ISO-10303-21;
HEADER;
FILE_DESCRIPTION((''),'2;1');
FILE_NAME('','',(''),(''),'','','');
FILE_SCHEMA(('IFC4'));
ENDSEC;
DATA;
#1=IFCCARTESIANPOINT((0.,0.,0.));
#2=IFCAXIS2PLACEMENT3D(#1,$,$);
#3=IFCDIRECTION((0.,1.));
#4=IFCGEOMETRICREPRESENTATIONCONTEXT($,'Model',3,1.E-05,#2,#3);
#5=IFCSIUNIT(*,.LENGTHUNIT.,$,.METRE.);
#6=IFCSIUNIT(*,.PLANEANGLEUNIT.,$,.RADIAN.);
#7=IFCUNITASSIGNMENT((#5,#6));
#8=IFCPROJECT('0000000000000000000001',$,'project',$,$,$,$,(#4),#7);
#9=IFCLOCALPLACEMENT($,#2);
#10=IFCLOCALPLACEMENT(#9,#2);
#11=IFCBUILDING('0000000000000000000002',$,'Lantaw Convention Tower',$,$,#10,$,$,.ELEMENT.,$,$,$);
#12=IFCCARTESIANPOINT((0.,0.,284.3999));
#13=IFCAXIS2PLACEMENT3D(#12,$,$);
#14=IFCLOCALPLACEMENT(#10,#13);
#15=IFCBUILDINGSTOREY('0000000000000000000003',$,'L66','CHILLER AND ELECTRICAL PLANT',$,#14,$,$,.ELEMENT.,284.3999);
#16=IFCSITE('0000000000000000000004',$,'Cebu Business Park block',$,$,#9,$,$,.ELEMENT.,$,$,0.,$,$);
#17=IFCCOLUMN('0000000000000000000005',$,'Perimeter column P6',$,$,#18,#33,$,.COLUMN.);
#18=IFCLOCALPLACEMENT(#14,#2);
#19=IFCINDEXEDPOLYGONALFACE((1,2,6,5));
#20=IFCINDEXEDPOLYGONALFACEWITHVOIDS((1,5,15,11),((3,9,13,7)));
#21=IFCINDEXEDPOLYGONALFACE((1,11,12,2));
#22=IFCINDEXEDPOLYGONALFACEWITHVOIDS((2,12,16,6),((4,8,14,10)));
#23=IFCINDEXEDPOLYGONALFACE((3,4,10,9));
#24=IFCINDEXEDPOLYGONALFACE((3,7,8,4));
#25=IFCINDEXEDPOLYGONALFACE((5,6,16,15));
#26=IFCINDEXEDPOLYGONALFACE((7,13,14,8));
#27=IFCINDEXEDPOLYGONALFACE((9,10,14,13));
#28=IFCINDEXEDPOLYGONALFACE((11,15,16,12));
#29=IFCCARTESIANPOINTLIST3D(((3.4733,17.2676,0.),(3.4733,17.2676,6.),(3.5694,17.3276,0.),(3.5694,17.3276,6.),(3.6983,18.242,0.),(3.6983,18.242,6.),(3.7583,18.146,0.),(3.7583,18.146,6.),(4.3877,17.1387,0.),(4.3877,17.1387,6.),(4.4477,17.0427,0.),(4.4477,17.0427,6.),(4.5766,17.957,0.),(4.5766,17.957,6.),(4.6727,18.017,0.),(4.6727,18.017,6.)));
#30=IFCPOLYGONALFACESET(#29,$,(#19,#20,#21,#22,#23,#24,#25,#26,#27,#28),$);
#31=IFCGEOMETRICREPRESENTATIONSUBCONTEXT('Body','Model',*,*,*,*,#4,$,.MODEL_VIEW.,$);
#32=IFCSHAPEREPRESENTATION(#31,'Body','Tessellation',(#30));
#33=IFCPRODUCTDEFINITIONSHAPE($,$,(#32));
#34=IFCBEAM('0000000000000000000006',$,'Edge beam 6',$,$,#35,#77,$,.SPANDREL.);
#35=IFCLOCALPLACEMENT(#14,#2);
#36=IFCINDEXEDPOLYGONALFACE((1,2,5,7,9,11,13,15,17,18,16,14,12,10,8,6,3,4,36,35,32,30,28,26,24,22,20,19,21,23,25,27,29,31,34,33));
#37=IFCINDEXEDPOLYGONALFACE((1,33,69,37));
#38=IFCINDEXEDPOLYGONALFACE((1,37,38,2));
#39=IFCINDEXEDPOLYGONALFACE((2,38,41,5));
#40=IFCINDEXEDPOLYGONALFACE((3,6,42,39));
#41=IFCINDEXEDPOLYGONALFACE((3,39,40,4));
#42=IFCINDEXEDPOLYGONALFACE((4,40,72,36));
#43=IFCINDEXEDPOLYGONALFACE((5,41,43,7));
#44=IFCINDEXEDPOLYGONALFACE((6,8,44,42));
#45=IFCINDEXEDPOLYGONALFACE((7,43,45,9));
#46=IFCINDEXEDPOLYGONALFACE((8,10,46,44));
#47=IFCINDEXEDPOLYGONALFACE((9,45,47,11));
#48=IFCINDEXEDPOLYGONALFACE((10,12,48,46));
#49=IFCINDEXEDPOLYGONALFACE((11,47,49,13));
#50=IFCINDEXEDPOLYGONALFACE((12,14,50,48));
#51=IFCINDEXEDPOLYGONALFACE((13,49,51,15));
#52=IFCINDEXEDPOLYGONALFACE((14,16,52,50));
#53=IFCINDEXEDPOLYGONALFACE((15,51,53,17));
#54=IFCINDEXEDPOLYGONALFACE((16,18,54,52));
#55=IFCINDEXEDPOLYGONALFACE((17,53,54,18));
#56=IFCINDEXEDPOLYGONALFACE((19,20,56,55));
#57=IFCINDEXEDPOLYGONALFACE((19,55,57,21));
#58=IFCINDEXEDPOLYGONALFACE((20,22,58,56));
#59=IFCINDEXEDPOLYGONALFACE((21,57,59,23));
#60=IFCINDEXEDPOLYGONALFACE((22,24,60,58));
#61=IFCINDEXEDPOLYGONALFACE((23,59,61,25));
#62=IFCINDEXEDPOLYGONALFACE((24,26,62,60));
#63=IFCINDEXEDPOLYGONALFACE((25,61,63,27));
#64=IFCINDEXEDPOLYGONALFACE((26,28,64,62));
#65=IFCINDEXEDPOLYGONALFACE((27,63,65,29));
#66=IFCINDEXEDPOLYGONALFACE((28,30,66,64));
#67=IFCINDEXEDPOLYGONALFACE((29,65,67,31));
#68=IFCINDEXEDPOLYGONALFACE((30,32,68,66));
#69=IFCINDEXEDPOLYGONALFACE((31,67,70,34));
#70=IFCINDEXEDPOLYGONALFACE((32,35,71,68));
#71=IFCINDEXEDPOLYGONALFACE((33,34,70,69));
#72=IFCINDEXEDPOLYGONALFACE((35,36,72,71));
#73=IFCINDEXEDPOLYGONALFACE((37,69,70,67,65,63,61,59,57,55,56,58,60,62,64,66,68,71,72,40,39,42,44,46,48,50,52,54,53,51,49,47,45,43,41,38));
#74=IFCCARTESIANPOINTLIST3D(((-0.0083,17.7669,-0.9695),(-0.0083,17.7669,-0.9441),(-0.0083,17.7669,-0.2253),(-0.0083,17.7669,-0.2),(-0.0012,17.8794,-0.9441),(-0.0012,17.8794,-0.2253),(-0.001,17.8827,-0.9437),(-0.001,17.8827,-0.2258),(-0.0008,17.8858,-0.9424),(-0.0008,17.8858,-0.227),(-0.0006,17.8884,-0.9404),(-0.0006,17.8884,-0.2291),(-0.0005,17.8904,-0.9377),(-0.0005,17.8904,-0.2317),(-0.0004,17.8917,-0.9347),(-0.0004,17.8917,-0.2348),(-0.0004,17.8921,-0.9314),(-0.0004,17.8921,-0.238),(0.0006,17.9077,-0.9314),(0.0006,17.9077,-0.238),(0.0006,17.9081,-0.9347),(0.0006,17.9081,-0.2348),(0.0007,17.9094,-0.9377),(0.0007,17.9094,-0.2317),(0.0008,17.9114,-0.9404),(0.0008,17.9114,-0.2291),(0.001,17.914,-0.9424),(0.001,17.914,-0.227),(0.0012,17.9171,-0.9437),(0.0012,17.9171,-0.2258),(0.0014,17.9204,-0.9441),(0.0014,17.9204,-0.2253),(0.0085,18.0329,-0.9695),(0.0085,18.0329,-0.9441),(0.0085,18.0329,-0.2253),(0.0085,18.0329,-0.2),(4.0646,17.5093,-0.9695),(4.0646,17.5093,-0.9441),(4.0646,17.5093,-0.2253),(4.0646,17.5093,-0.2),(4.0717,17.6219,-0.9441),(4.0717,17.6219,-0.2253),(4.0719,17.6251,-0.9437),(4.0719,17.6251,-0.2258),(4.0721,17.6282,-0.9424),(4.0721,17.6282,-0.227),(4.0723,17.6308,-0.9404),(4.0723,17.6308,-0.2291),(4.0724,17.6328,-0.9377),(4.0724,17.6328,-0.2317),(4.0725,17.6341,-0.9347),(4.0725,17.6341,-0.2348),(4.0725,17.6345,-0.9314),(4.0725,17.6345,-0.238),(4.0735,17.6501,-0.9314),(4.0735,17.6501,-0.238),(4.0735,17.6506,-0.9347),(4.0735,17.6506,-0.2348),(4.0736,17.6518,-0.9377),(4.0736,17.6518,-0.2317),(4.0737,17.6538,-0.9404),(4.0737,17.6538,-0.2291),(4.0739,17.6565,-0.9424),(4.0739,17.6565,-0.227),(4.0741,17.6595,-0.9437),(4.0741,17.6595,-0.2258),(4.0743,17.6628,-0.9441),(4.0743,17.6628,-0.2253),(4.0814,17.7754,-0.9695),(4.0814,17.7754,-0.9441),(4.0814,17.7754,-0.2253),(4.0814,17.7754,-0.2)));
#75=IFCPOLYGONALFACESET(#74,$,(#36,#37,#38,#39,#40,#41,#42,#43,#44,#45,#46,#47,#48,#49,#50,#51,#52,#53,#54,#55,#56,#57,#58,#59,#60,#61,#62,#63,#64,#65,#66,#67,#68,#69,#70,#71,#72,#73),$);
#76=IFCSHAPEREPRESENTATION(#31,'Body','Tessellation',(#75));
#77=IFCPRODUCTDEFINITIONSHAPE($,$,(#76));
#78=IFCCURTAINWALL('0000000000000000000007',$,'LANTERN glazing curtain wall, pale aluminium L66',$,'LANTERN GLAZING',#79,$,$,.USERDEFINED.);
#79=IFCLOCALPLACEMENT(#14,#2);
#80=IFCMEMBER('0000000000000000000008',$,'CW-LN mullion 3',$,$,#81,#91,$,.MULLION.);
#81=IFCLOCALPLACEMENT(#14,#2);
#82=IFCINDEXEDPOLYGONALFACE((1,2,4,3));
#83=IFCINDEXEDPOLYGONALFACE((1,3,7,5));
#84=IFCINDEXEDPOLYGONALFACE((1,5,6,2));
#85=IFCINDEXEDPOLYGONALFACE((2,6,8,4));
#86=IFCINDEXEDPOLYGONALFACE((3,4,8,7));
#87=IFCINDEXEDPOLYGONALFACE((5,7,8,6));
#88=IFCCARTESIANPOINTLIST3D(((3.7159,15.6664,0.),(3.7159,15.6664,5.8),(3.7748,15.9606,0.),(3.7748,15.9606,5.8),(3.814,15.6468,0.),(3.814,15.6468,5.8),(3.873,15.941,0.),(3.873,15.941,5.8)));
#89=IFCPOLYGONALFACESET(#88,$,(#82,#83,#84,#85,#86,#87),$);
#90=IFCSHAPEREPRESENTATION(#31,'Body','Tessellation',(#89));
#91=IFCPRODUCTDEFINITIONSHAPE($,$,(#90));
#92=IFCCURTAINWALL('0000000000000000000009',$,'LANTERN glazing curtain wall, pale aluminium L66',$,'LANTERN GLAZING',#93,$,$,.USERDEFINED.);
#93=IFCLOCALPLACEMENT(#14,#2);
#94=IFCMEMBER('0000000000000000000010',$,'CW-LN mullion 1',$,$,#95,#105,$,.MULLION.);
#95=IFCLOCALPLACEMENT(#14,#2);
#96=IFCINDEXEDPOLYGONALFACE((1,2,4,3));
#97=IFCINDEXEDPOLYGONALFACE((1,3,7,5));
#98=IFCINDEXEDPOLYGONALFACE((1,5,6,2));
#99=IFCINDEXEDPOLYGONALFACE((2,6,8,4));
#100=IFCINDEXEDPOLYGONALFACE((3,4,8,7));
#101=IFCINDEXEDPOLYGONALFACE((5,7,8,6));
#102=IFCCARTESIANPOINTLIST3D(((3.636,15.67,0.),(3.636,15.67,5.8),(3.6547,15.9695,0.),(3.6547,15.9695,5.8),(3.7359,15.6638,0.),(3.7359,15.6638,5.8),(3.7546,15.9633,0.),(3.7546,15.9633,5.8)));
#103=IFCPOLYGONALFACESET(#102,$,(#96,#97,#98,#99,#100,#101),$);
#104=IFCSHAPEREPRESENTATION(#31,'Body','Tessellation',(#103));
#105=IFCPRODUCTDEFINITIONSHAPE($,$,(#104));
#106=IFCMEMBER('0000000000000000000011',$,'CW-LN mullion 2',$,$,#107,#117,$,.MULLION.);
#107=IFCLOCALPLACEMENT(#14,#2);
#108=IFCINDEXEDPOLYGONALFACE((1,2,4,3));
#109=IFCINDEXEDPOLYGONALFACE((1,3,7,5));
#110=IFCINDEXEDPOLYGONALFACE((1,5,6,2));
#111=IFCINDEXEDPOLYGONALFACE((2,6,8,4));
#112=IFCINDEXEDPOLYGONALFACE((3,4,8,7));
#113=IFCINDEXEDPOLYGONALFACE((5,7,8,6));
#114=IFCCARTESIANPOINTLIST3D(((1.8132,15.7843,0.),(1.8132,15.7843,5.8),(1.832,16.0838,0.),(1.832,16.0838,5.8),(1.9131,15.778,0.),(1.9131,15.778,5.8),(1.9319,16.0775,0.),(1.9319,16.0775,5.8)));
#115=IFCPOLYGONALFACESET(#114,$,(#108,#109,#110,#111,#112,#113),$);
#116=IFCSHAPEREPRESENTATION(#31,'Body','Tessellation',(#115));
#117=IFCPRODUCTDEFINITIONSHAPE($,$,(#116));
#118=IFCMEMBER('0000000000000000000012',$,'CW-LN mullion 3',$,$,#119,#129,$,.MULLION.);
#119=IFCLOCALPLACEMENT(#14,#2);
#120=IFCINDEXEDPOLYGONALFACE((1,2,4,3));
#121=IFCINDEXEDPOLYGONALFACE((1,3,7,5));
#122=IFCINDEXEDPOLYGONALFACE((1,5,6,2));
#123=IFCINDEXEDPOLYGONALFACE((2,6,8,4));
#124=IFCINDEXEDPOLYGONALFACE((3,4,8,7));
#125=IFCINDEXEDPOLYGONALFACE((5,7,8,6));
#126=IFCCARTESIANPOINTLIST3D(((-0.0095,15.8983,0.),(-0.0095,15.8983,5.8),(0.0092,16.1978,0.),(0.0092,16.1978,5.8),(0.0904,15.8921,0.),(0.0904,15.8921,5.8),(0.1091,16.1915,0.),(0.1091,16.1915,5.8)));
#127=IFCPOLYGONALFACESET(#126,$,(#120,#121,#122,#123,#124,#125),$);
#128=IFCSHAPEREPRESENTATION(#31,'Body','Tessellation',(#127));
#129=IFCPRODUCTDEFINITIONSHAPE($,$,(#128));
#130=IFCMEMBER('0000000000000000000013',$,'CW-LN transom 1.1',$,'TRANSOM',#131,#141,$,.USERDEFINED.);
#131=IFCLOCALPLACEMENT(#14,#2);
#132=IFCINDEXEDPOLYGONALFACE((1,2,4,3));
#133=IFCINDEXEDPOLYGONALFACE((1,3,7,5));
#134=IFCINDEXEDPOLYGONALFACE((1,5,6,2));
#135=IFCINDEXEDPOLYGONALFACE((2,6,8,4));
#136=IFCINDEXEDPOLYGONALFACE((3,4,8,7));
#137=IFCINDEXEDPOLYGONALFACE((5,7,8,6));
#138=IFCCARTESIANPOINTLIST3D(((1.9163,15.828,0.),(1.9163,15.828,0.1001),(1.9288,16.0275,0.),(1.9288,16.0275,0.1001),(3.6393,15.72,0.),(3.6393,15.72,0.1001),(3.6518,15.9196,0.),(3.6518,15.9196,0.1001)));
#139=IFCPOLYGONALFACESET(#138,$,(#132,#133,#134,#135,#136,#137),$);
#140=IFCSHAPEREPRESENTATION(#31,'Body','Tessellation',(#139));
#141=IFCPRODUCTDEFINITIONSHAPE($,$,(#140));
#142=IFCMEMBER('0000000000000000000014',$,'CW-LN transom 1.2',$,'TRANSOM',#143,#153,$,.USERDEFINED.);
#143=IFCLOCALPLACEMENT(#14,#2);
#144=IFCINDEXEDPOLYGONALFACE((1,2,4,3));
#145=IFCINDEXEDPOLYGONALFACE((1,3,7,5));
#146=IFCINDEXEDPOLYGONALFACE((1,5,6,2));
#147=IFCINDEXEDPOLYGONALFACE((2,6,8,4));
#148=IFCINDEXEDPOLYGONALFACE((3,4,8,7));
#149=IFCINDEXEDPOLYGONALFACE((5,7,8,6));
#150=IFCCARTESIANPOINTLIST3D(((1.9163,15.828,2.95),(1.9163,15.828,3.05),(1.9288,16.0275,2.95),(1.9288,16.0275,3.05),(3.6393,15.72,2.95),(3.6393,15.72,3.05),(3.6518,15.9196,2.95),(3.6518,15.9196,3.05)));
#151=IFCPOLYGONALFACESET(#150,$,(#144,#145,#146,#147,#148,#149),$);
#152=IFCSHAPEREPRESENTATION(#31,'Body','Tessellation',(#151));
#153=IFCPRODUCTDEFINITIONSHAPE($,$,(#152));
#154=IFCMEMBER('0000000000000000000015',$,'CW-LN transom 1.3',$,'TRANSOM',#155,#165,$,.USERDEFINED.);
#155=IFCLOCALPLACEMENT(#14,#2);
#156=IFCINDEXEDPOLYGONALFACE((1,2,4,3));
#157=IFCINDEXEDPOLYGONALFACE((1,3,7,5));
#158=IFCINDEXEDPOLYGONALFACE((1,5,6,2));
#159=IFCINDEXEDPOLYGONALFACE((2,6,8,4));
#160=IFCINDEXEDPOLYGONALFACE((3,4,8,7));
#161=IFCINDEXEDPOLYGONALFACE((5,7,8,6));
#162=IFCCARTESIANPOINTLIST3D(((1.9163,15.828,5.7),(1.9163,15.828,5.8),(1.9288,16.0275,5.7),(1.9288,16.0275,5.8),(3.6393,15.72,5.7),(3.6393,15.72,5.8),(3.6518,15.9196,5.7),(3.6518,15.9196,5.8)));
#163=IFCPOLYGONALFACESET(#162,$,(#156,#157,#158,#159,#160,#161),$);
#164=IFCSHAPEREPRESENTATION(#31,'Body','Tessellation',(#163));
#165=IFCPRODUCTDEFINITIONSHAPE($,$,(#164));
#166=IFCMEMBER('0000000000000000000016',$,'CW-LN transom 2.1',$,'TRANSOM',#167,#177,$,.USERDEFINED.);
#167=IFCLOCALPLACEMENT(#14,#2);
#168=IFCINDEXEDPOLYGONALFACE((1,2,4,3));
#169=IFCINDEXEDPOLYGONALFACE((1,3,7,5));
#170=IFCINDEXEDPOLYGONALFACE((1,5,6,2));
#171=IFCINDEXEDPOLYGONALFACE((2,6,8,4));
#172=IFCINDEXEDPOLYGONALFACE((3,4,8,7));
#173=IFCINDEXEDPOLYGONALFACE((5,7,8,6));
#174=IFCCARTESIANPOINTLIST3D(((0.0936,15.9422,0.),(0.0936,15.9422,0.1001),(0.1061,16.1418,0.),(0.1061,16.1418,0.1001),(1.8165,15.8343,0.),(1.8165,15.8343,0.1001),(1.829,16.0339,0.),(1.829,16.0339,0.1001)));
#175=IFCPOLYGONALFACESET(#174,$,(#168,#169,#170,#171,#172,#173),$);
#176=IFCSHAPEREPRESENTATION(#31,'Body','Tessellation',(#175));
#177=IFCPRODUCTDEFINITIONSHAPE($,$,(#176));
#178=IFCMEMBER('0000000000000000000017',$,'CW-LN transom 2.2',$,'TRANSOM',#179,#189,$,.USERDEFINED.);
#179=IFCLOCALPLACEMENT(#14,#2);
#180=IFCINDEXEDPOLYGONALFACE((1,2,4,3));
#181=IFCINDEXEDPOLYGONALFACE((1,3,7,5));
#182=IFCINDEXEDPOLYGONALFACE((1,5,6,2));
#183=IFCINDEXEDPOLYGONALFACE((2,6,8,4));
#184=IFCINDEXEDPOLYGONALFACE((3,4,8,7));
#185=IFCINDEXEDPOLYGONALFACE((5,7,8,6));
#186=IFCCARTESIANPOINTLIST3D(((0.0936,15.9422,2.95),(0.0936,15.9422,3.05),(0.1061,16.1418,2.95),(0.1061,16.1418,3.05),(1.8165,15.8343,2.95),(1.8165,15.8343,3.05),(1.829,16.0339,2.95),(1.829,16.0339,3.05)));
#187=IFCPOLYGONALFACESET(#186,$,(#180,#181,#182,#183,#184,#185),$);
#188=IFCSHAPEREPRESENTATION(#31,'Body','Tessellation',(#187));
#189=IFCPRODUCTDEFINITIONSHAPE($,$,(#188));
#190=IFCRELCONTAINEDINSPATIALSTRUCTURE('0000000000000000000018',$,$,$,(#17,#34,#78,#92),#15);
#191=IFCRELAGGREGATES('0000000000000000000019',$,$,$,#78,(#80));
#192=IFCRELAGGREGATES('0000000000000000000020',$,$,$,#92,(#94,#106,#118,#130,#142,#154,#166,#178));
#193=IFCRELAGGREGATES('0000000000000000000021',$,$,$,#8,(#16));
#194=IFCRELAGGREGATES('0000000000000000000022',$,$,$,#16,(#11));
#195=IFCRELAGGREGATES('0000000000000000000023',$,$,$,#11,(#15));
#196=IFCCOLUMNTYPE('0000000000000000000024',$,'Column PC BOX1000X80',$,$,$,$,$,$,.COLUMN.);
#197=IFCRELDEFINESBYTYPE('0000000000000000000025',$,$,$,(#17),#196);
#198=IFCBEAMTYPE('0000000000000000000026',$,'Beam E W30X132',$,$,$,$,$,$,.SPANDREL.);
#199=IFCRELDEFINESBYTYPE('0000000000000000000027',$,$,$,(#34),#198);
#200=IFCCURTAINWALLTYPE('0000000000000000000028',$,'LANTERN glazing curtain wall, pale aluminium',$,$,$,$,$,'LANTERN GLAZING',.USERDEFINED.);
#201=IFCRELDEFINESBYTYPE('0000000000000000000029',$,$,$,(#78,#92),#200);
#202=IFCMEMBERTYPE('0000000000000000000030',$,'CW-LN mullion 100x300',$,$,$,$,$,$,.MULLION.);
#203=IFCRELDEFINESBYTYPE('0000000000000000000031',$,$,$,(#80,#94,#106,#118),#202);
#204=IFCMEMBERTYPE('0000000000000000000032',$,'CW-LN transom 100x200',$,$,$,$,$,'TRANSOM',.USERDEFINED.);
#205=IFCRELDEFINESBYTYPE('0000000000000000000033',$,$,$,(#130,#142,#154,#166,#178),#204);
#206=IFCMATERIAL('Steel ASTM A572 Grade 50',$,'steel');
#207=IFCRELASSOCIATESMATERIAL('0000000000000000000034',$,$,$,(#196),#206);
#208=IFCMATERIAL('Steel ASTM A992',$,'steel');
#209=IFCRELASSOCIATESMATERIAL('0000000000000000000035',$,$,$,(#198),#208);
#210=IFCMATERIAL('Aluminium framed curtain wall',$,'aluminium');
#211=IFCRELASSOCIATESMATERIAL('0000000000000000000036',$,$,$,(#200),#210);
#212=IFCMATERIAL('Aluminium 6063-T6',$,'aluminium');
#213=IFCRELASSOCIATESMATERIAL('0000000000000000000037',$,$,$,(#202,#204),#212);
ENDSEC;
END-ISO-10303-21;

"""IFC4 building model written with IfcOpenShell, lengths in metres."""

from ifc_helpers import new_model, si_unit, direction, frame, origin, origin_2d, place, context, subcontext, project, spatial, rectangle, hollow_rectangle, i_section, extrude, material, material_profile, profile_set, type_object, element, aggregate, save


model = new_model("IFC4")

# Units and contexts
model_context = context("Model", 3, precision=1e-05, world=origin(), true_north=direction((0.0, 1.0)))
body_context = subcontext(model_context, "Body", "Model", "MODEL_VIEW")
ifc_project = project(units=[si_unit("LENGTHUNIT", "METRE"), si_unit("PLANEANGLEUNIT", "RADIAN")], contexts=[model_context])

# Site, building, storey
site_placement = place(None, origin())
site = spatial("IfcSite", under=ifc_project, at=site_placement, Name="Cebu Business Park block", CompositionType="ELEMENT", RefElevation=0.0)
building_placement = place(site_placement, origin())
building = spatial("IfcBuilding", under=site, at=building_placement, Name="Lantaw Convention Tower", CompositionType="ELEMENT")
storey_placement = place(building_placement, frame((0.0, 0.0, 284.3999)))
storey = spatial("IfcBuildingStorey", under=building, at=storey_placement, Name="L66", Description="CHILLER AND ELECTRICAL PLANT", CompositionType="ELEMENT", Elevation=284.3999)

# Column
ifc_material_1 = material(Name="Steel ASTM A572 Grade 50", Category="steel")
ifc_material_profile_1 = material_profile(ifc_material_1, hollow_rectangle(XDim=1.0, YDim=1.0, WallThickness=0.0801, at=origin_2d()), Name="BOX1000X80")
ifc_material_2 = material(Name="Concrete C60/75", Category="concrete")
ifc_material_profile_2 = material_profile(ifc_material_2, rectangle(XDim=0.8401, YDim=0.8401, at=origin_2d()), Name="Concrete fill of BOX1000X80")
ifc_profile_set_1 = profile_set([ifc_material_profile_1, ifc_material_profile_2], Name="Steel ASTM A572 Grade 50")
column_type = type_object("IfcColumnType", Name="Column PC BOX1000X80", PredefinedType="COLUMN", material=ifc_profile_set_1)
column_placement = place(storey_placement, frame((4.073, 17.6423, 0.0), z_axis=(0.0, 0.0, 1.0), x_axis=(0.224951, 0.97437, 0.0)))
element("IfcColumn", 1, at=column_placement, inside=storey, type_object=column_type, Name="Perimeter column P6", PredefinedType="COLUMN", context=body_context, shape_type="SweptSolid", body=[
    extrude(hollow_rectangle(XDim=1.0, YDim=1.0, WallThickness=0.0801, at=origin_2d()), origin(), (0.0, 0.0, 1.0), 6.0),
])

# Beam
ifc_material_3 = material(Name="Steel ASTM A992", Category="steel")
ifc_material_profile_3 = material_profile(ifc_material_3, i_section(OverallWidth=0.2666, OverallDepth=0.7695, WebThickness=0.0156, FlangeThickness=0.0254, FilletRadius=0.0127, at=origin_2d()), Name="W30X132")
ifc_profile_set_2 = profile_set([ifc_material_profile_3], Name="Steel ASTM A992")
beam_type = type_object("IfcBeamType", Name="Beam E W30X132", PredefinedType="SPANDREL", material=ifc_profile_set_2)
beam_placement = place(storey_placement, frame((4.073, 17.6423, -0.5847), z_axis=(-0.998006, 0.063112, 0.0), x_axis=(-0.063112, -0.998006, 0.0)))
element("IfcBeam", 2, at=beam_placement, inside=storey, type_object=beam_type, Name="Edge beam 6", PredefinedType="SPANDREL", context=body_context, shape_type="SweptSolid", body=[
    extrude(i_section(OverallWidth=0.2666, OverallDepth=0.7695, WebThickness=0.0156, FlangeThickness=0.0254, FilletRadius=0.0127, at=origin_2d()), origin(), (0.0, 0.0, 1.0), 4.0811),
])

# Curtain wall, member
ifc_material_4 = material(Name="Aluminium framed curtain wall", Category="aluminium")
curtain_wall_type_1 = type_object("IfcCurtainWallType", Name="LANTERN glazing curtain wall, pale aluminium", ElementType="LANTERN GLAZING", PredefinedType="USERDEFINED", material=ifc_material_4)
curtain_wall_1_placement = place(storey_placement, origin())
curtain_wall_1 = element("IfcCurtainWall", 3, at=curtain_wall_1_placement, inside=storey, type_object=curtain_wall_type_1, Name="LANTERN glazing curtain wall, pale aluminium L66", ObjectType="LANTERN GLAZING", PredefinedType="USERDEFINED")
ifc_material_5 = material(Name="Aluminium 6063-T6", Category="aluminium")
ifc_material_profile_4 = material_profile(ifc_material_5, rectangle(XDim=0.3, YDim=0.1001, at=origin_2d()), Name="CW-LN mullion 100x300")
ifc_profile_set_3 = profile_set([ifc_material_profile_4], Name="Aluminium 6063-T6")
member_type_1 = type_object("IfcMemberType", Name="CW-LN mullion 100x300", PredefinedType="MULLION", material=ifc_profile_set_3)
member_1_placement = place(storey_placement, frame((3.7944, 15.8037, 0.0), z_axis=(0.0, 0.0, 1.0), x_axis=(-0.196367, -0.98053, 0.0)))
member_1 = element("IfcMember", 4, at=member_1_placement, type_object=member_type_1, Name="CW-LN mullion 3", PredefinedType="MULLION", context=body_context, shape_type="SweptSolid", body=[
    extrude(rectangle(XDim=0.3, YDim=0.1001, at=origin_2d()), origin(), (0.0, 0.0, 1.0), 5.8),
])
aggregate(curtain_wall_1, [member_1])

# Curtain wall, members
curtain_wall_2_placement = place(storey_placement, origin())
curtain_wall_2 = element("IfcCurtainWall", 5, at=curtain_wall_2_placement, inside=storey, type_object=curtain_wall_type_1, Name="LANTERN glazing curtain wall, pale aluminium L66", ObjectType="LANTERN GLAZING", PredefinedType="USERDEFINED")
member_2_placement = place(storey_placement, frame((3.6953, 15.8167, 0.0), z_axis=(0.0, 0.0, 1.0), x_axis=(-0.062489, -0.998046, 0.0)))
member_2 = element("IfcMember", 6, at=member_2_placement, type_object=member_type_1, Name="CW-LN mullion 1", PredefinedType="MULLION", context=body_context, shape_type="SweptSolid", body=[
    extrude(rectangle(XDim=0.3, YDim=0.1001, at=origin_2d()), origin(), (0.0, 0.0, 1.0), 5.8),
])
member_3_placement = place(storey_placement, frame((1.8726, 15.9309, 0.0), z_axis=(0.0, 0.0, 1.0), x_axis=(-0.062489, -0.998046, 0.0)))
member_3 = element("IfcMember", 7, at=member_3_placement, type_object=member_type_1, Name="CW-LN mullion 2", PredefinedType="MULLION", context=body_context, shape_type="SweptSolid", body=[
    extrude(rectangle(XDim=0.3, YDim=0.1001, at=origin_2d()), origin(), (0.0, 0.0, 1.0), 5.8),
])
member_4_placement = place(storey_placement, frame((0.0498, 16.0449, 0.0), z_axis=(0.0, 0.0, 1.0), x_axis=(-0.062489, -0.998046, 0.0)))
member_4 = element("IfcMember", 8, at=member_4_placement, type_object=member_type_1, Name="CW-LN mullion 3", PredefinedType="MULLION", context=body_context, shape_type="SweptSolid", body=[
    extrude(rectangle(XDim=0.3, YDim=0.1001, at=origin_2d()), origin(), (0.0, 0.0, 1.0), 5.8),
])
ifc_material_profile_5 = material_profile(ifc_material_5, rectangle(XDim=0.2, YDim=0.1001, at=origin_2d()), Name="CW-LN transom 100x200")
ifc_profile_set_4 = profile_set([ifc_material_profile_5], Name="Aluminium 6063-T6")
member_type_2 = type_object("IfcMemberType", Name="CW-LN transom 100x200", ElementType="TRANSOM", PredefinedType="USERDEFINED", material=ifc_profile_set_4)
member_5_placement = place(storey_placement, frame((3.6455, 15.8198, 0.05), z_axis=(-0.998044, 0.06251, 0.0), x_axis=(-0.06251, -0.998044, 0.0)))
member_5 = element("IfcMember", 9, at=member_5_placement, type_object=member_type_2, Name="CW-LN transom 1.1", ObjectType="TRANSOM", PredefinedType="USERDEFINED", context=body_context, shape_type="SweptSolid", body=[
    extrude(rectangle(XDim=0.2, YDim=0.1001, at=origin_2d()), origin(), (0.0, 0.0, 1.0), 1.7263),
])
member_6_placement = place(storey_placement, frame((3.6455, 15.8198, 3.0), z_axis=(-0.998044, 0.06251, 0.0), x_axis=(-0.06251, -0.998044, 0.0)))
member_6 = element("IfcMember", 10, at=member_6_placement, type_object=member_type_2, Name="CW-LN transom 1.2", ObjectType="TRANSOM", PredefinedType="USERDEFINED", context=body_context, shape_type="SweptSolid", body=[
    extrude(rectangle(XDim=0.2, YDim=0.1001, at=origin_2d()), origin(), (0.0, 0.0, 1.0), 1.7263),
])
member_7_placement = place(storey_placement, frame((3.6455, 15.8198, 5.75), z_axis=(-0.998044, 0.06251, 0.0), x_axis=(-0.06251, -0.998044, 0.0)))
member_7 = element("IfcMember", 11, at=member_7_placement, type_object=member_type_2, Name="CW-LN transom 1.3", ObjectType="TRANSOM", PredefinedType="USERDEFINED", context=body_context, shape_type="SweptSolid", body=[
    extrude(rectangle(XDim=0.2, YDim=0.1001, at=origin_2d()), origin(), (0.0, 0.0, 1.0), 1.7263),
])
member_8_placement = place(storey_placement, frame((1.8228, 15.9341, 0.05), z_axis=(-0.998044, 0.06251, 0.0), x_axis=(-0.06251, -0.998044, 0.0)))
member_8 = element("IfcMember", 12, at=member_8_placement, type_object=member_type_2, Name="CW-LN transom 2.1", ObjectType="TRANSOM", PredefinedType="USERDEFINED", context=body_context, shape_type="SweptSolid", body=[
    extrude(rectangle(XDim=0.2, YDim=0.1001, at=origin_2d()), origin(), (0.0, 0.0, 1.0), 1.7263),
])
member_9_placement = place(storey_placement, frame((1.8228, 15.9341, 3.0), z_axis=(-0.998044, 0.06251, 0.0), x_axis=(-0.06251, -0.998044, 0.0)))
member_9 = element("IfcMember", 13, at=member_9_placement, type_object=member_type_2, Name="CW-LN transom 2.2", ObjectType="TRANSOM", PredefinedType="USERDEFINED", context=body_context, shape_type="SweptSolid", body=[
    extrude(rectangle(XDim=0.2, YDim=0.1001, at=origin_2d()), origin(), (0.0, 0.0, 1.0), 1.7263),
])

aggregate(curtain_wall_2, [member_2, member_3, member_4, member_5, member_6, member_7, member_8, member_9])

save(model, "model.ifc")
